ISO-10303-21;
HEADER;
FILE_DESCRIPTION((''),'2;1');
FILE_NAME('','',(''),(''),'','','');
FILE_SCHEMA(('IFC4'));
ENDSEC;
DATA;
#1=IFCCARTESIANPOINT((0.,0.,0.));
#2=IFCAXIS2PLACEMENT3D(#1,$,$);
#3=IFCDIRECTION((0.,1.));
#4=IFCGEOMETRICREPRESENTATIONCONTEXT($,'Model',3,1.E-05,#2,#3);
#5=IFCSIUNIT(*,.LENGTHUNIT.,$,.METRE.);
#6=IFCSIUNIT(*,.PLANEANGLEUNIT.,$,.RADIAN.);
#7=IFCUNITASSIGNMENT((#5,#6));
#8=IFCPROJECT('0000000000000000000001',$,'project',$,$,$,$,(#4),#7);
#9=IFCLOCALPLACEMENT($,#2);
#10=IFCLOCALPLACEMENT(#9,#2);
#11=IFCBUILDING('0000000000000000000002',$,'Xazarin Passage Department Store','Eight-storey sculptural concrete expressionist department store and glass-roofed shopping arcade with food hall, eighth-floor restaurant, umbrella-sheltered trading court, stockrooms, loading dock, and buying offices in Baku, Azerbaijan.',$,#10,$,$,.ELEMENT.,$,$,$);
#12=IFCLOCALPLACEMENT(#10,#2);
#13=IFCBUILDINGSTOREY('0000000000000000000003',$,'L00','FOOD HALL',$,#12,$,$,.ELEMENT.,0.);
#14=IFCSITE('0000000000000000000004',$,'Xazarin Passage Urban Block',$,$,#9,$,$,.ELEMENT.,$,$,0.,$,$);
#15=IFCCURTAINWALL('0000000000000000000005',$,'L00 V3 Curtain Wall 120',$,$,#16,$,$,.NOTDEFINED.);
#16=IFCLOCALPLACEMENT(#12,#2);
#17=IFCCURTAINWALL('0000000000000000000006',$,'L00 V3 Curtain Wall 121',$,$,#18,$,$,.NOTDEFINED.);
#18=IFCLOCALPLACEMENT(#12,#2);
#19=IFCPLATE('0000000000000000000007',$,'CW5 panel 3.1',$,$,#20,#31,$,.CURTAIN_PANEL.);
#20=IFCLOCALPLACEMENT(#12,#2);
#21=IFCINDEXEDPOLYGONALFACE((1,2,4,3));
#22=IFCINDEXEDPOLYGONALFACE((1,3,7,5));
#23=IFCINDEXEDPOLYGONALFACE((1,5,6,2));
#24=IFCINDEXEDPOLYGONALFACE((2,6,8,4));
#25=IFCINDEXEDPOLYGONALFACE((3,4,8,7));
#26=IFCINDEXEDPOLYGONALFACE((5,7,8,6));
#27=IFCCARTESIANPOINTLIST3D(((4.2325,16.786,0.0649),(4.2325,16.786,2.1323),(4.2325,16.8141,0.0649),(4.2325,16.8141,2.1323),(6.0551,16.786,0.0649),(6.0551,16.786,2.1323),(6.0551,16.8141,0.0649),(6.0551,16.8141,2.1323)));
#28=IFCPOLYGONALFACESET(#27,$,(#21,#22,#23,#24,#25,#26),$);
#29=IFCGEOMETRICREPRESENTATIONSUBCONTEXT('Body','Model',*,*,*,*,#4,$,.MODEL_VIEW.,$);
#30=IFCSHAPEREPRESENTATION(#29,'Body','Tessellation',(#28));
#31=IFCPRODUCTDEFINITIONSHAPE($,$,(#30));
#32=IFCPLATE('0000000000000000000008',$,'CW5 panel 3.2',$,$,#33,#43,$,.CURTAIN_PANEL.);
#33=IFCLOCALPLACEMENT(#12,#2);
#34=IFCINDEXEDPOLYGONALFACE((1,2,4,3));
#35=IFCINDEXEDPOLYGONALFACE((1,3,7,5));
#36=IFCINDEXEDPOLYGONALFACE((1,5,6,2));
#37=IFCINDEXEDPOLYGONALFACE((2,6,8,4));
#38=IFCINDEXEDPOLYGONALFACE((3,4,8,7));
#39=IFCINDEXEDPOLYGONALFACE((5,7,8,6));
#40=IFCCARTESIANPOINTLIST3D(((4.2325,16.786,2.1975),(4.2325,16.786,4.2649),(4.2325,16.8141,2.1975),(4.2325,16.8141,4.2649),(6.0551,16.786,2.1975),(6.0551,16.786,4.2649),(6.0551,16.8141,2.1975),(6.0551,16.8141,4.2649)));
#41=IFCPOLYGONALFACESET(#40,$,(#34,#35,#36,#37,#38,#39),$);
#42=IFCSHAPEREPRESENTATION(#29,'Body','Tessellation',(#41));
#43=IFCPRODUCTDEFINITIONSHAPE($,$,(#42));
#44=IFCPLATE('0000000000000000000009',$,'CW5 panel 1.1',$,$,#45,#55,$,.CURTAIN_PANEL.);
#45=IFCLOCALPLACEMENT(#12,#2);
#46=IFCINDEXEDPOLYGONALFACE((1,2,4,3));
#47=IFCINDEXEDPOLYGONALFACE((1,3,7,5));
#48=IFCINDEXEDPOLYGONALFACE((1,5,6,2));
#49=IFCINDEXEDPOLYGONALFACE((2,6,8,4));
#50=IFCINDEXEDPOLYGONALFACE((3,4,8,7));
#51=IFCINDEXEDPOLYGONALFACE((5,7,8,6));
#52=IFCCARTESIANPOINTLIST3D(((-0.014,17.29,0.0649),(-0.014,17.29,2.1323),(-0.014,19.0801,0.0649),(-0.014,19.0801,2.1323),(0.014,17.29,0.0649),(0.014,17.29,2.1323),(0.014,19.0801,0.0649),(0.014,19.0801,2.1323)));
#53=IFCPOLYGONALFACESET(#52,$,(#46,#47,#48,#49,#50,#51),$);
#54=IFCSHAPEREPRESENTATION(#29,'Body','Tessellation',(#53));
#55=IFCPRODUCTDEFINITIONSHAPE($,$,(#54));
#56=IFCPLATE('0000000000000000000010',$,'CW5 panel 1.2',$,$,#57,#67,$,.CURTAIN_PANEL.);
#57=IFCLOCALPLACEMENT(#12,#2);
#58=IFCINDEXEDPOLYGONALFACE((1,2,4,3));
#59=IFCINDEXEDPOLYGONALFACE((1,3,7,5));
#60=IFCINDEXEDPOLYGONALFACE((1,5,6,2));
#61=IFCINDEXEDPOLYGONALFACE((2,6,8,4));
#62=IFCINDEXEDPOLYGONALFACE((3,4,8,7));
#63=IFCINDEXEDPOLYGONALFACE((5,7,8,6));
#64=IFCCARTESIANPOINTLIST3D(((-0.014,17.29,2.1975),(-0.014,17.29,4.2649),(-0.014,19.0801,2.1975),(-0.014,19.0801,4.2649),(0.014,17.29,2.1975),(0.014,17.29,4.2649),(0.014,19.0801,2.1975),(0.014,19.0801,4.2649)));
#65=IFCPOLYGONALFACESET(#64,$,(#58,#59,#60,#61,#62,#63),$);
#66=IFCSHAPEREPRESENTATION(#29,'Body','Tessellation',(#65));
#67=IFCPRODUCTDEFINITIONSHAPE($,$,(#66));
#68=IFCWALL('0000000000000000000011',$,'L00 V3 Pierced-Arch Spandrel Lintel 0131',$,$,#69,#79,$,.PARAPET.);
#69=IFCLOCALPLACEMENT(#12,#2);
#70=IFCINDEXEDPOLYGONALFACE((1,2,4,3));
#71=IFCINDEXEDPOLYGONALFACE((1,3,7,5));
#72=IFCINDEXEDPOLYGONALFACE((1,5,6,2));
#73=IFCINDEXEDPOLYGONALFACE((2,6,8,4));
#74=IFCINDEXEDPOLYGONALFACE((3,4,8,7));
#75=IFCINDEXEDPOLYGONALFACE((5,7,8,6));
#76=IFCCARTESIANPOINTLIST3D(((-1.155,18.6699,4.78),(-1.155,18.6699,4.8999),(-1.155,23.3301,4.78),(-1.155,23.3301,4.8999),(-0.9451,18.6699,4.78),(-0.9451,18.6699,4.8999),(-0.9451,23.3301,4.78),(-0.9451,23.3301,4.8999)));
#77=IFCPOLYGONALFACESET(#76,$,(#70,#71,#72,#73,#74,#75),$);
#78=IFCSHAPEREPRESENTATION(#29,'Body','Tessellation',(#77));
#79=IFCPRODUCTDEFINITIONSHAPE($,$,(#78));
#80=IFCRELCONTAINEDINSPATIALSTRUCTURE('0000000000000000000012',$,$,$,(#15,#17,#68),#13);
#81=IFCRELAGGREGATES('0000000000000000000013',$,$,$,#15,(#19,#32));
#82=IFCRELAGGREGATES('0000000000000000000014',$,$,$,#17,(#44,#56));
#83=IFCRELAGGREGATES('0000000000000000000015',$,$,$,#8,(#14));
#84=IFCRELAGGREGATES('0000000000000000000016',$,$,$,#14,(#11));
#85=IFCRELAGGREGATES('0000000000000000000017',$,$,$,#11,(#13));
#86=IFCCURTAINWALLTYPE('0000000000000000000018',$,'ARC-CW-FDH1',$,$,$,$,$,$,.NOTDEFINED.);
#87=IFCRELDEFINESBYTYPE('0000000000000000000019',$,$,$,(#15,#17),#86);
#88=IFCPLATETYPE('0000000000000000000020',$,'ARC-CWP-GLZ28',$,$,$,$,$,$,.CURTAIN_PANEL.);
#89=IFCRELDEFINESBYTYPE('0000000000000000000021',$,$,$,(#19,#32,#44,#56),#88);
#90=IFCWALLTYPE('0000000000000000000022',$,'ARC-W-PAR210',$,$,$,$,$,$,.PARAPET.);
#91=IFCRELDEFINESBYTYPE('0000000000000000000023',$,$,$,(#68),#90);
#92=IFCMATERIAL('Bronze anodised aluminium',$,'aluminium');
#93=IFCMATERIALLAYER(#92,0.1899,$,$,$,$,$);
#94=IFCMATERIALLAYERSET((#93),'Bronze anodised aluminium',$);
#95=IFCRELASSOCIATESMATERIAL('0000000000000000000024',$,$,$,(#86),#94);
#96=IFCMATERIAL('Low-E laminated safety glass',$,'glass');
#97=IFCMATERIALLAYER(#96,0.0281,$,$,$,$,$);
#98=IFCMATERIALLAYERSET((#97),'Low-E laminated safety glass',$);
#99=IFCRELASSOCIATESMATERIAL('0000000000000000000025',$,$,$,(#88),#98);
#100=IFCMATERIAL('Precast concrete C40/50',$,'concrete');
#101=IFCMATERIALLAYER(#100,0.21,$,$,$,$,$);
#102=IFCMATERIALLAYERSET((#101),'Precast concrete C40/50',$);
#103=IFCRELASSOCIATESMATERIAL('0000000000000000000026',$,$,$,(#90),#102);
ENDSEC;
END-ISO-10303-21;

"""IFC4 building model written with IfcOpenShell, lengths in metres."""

from ifc_helpers import new_model, si_unit, direction, frame, frame_2d, origin, origin_2d, place, context, subcontext, project, spatial, rectangle, extrude, material, layer, layer_set, type_object, element, aggregate, save


model = new_model("IFC4")

# Units and contexts
model_context = context("Model", 3, precision=1e-05, world=origin(), true_north=direction((0.0, 1.0)))
body_context = subcontext(model_context, "Body", "Model", "MODEL_VIEW")
ifc_project = project(units=[si_unit("LENGTHUNIT", "METRE"), si_unit("PLANEANGLEUNIT", "RADIAN")], contexts=[model_context])

# Site, building, storey
site_placement = place(None, origin())
site = spatial("IfcSite", under=ifc_project, at=site_placement, Name="Xazarin Passage Urban Block", CompositionType="ELEMENT", RefElevation=0.0)
building_placement = place(site_placement, origin())
building = spatial("IfcBuilding", under=site, at=building_placement, Name="Xazarin Passage Department Store", Description="Eight-storey sculptural concrete expressionist department store and glass-roofed shopping arcade with food hall, eighth-floor restaurant, umbrella-sheltered trading court, stockrooms, loading dock, and buying offices in Baku, Azerbaijan.", CompositionType="ELEMENT")
storey_placement = place(building_placement, origin())
storey = spatial("IfcBuildingStorey", under=building, at=storey_placement, Name="L00", Description="FOOD HALL", CompositionType="ELEMENT", Elevation=0.0)

# Curtain wall
ifc_material_1 = material(Name="Bronze anodised aluminium", Category="aluminium")
ifc_layer_1 = layer(ifc_material_1, 0.1899)
ifc_layer_set_1 = layer_set([ifc_layer_1], Name="Bronze anodised aluminium")
curtain_wall_type = type_object("IfcCurtainWallType", Name="ARC-CW-FDH1", PredefinedType="NOTDEFINED", material=ifc_layer_set_1)
curtain_wall_1_placement = place(storey_placement, origin())
curtain_wall_1 = element("IfcCurtainWall", 1, at=curtain_wall_1_placement, inside=storey, type_object=curtain_wall_type, Name="L00 V3 Curtain Wall 120", PredefinedType="NOTDEFINED")

# Curtain wall
curtain_wall_2_placement = place(storey_placement, origin())
curtain_wall_2 = element("IfcCurtainWall", 2, at=curtain_wall_2_placement, inside=storey, type_object=curtain_wall_type, Name="L00 V3 Curtain Wall 121", PredefinedType="NOTDEFINED")

# Plates
ifc_material_2 = material(Name="Low-E laminated safety glass", Category="glass")
ifc_layer_2 = layer(ifc_material_2, 0.0281)
ifc_layer_set_2 = layer_set([ifc_layer_2], Name="Low-E laminated safety glass")
plate_type = type_object("IfcPlateType", Name="ARC-CWP-GLZ28", PredefinedType="CURTAIN_PANEL", material=ifc_layer_set_2)
plate_1_placement = place(storey_placement, frame((5.1438, 16.8, 0.0649), z_axis=(0.0, 0.0, 1.0), x_axis=(1.0, 0.0, 0.0)))
plate_1 = element("IfcPlate", 3, at=plate_1_placement, type_object=plate_type, Name="CW5 panel 3.1", PredefinedType="CURTAIN_PANEL", context=body_context, shape_type="SweptSolid", body=[
    extrude(rectangle(XDim=1.8225, YDim=0.0281, at=origin_2d()), origin(), (0.0, 0.0, 1.0), 2.0674),
])
plate_2_placement = place(storey_placement, frame((5.1438, 16.8, 2.1975), z_axis=(0.0, 0.0, 1.0), x_axis=(1.0, 0.0, 0.0)))
plate_2 = element("IfcPlate", 4, at=plate_2_placement, type_object=plate_type, Name="CW5 panel 3.2", PredefinedType="CURTAIN_PANEL", context=body_context, shape_type="SweptSolid", body=[
    extrude(rectangle(XDim=1.8225, YDim=0.0281, at=origin_2d()), origin(), (0.0, 0.0, 1.0), 2.0674),
])
aggregate(curtain_wall_1, [plate_1, plate_2])
plate_3_placement = place(storey_placement, frame((0.0, 18.1851, 0.0649), z_axis=(0.0, 0.0, 1.0), x_axis=(0.0, 1.0, 0.0)))
plate_3 = element("IfcPlate", 5, at=plate_3_placement, type_object=plate_type, Name="CW5 panel 1.1", PredefinedType="CURTAIN_PANEL", context=body_context, shape_type="SweptSolid", body=[
    extrude(rectangle(XDim=1.79, YDim=0.0281, at=origin_2d()), origin(), (0.0, 0.0, 1.0), 2.0674),
])
plate_4_placement = place(storey_placement, frame((0.0, 18.1851, 2.1975), z_axis=(0.0, 0.0, 1.0), x_axis=(0.0, 1.0, 0.0)))
plate_4 = element("IfcPlate", 6, at=plate_4_placement, type_object=plate_type, Name="CW5 panel 1.2", PredefinedType="CURTAIN_PANEL", context=body_context, shape_type="SweptSolid", body=[
    extrude(rectangle(XDim=1.79, YDim=0.0281, at=origin_2d()), origin(), (0.0, 0.0, 1.0), 2.0674),
])
aggregate(curtain_wall_2, [plate_3, plate_4])

# Wall
ifc_material_3 = material(Name="Precast concrete C40/50", Category="concrete")
ifc_layer_3 = layer(ifc_material_3, 0.21)
ifc_layer_set_3 = layer_set([ifc_layer_3], Name="Precast concrete C40/50")
wall_type = type_object("IfcWallType", Name="ARC-W-PAR210", PredefinedType="PARAPET", material=ifc_layer_set_3)
wall_placement = place(storey_placement, frame((-1.05, 18.6699, 4.78), z_axis=(0.0, 0.0, 1.0), x_axis=(0.0, 1.0, 0.0)))
element("IfcWall", 7, at=wall_placement, inside=storey, type_object=wall_type, Name="L00 V3 Pierced-Arch Spandrel Lintel 0131", PredefinedType="PARAPET", context=body_context, shape_type="SweptSolid", body=[
    extrude(rectangle(XDim=4.6602, YDim=0.21, at=frame_2d((2.3301, 0.0))), origin(), (0.0, 0.0, 1.0), 0.1199),
])

save(model, "model.ifc")
